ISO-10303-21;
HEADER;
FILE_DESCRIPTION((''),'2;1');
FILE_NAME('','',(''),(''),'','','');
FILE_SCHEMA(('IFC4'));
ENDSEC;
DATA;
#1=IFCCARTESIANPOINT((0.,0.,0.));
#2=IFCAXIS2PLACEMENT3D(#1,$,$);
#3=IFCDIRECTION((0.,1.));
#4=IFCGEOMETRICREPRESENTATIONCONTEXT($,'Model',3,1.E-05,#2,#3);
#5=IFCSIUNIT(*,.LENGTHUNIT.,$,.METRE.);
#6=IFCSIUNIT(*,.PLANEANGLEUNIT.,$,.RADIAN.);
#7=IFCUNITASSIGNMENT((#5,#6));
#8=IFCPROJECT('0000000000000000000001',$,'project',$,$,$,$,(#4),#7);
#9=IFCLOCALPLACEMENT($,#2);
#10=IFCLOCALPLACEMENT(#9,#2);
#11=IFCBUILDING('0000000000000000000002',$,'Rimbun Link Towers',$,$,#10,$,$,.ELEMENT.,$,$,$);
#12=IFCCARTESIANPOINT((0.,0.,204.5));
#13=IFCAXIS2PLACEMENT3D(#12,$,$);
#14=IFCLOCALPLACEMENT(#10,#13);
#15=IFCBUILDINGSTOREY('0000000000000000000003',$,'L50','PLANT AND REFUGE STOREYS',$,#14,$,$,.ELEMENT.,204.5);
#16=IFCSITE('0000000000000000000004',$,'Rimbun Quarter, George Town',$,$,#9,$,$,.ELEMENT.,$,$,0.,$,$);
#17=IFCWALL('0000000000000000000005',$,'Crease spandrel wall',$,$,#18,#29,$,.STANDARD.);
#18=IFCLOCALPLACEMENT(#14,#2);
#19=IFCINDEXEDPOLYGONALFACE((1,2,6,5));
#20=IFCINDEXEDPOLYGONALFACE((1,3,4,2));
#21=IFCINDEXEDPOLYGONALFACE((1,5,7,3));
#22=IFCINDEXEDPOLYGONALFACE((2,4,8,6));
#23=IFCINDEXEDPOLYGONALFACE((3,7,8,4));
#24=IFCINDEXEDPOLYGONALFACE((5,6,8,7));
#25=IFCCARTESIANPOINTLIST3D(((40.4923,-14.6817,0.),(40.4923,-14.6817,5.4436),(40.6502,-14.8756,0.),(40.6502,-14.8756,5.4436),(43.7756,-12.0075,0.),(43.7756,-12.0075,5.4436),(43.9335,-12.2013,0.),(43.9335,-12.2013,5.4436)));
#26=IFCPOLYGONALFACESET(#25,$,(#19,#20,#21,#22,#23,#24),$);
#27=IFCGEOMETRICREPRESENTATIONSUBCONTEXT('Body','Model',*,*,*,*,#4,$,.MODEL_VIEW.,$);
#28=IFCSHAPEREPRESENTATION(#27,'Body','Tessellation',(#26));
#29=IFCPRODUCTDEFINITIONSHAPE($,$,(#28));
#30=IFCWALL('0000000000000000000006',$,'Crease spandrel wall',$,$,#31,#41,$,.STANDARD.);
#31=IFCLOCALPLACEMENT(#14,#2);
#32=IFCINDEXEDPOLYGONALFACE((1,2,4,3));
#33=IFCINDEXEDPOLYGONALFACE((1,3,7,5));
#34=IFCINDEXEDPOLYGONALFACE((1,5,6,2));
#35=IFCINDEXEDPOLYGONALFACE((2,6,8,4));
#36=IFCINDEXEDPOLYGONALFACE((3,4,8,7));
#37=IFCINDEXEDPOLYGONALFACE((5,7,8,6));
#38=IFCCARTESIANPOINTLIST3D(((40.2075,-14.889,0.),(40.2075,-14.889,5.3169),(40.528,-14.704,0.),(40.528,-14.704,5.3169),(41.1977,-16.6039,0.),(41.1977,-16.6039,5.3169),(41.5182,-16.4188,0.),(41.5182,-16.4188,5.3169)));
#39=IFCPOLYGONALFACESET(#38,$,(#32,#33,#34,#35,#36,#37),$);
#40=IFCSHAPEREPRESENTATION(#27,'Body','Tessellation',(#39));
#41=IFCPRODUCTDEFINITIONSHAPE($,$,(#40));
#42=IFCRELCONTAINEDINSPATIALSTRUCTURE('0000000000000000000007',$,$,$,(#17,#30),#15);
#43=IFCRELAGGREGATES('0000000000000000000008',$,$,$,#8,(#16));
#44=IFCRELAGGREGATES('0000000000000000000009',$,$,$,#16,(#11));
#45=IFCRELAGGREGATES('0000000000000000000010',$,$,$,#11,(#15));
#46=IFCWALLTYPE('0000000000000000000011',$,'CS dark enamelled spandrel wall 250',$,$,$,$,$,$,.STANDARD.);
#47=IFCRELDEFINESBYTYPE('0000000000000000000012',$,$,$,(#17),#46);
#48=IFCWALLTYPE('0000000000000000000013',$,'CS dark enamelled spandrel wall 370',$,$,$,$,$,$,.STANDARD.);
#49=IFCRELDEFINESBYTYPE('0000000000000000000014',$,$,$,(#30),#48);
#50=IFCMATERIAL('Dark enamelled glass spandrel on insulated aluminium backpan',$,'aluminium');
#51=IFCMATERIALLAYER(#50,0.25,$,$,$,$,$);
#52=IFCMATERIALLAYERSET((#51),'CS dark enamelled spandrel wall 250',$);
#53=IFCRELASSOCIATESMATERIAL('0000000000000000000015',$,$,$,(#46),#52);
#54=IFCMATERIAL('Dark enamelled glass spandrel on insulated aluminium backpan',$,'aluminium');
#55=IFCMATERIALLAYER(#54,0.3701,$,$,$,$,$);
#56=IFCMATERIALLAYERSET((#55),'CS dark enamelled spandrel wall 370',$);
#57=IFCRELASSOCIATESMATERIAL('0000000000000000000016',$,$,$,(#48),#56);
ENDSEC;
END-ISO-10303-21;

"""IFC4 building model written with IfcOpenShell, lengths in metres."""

from ifc_helpers import new_model, si_unit, direction, frame, frame_2d, origin, place, context, subcontext, project, spatial, rectangle, extrude, material, layer, layer_set, type_object, element, save


model = new_model("IFC4")

# Units and contexts
model_context = context("Model", 3, precision=1e-05, world=origin(), true_north=direction((0.0, 1.0)))
body_context = subcontext(model_context, "Body", "Model", "MODEL_VIEW")
ifc_project = project(units=[si_unit("LENGTHUNIT", "METRE"), si_unit("PLANEANGLEUNIT", "RADIAN")], contexts=[model_context])

# Site, building, storey
site_placement = place(None, origin())
site = spatial("IfcSite", under=ifc_project, at=site_placement, Name="Rimbun Quarter, George Town", CompositionType="ELEMENT", RefElevation=0.0)
building_placement = place(site_placement, origin())
building = spatial("IfcBuilding", under=site, at=building_placement, Name="Rimbun Link Towers", CompositionType="ELEMENT")
storey_placement = place(building_placement, frame((0.0, 0.0, 204.5)))
storey = spatial("IfcBuildingStorey", under=building, at=storey_placement, Name="L50", Description="PLANT AND REFUGE STOREYS", CompositionType="ELEMENT", Elevation=204.5)

# Walls
ifc_material_1 = material(Name="Dark enamelled glass spandrel on insulated aluminium backpan", Category="aluminium")
ifc_layer_1 = layer(ifc_material_1, 0.25)
ifc_layer_set_1 = layer_set([ifc_layer_1], Name="CS dark enamelled spandrel wall 250")
wall_type_1 = type_object("IfcWallType", Name="CS dark enamelled spandrel wall 250", PredefinedType="STANDARD", material=ifc_layer_set_1)
wall_1_placement = place(storey_placement, frame((43.8545, -12.1045, 0.0), z_axis=(0.0, 0.0, 1.0), x_axis=(-0.77536, -0.631519, 0.0)))
element("IfcWall", 1, at=wall_1_placement, inside=storey, type_object=wall_type_1, Name="Crease spandrel wall", PredefinedType="STANDARD", context=body_context, shape_type="SweptSolid", body=[
    extrude(rectangle(XDim=4.2346, YDim=0.25, at=frame_2d((2.1172, 0.0))), origin(), (0.0, 0.0, 1.0), 5.4436),
])
ifc_material_2 = material(Name="Dark enamelled glass spandrel on insulated aluminium backpan", Category="aluminium")
ifc_layer_2 = layer(ifc_material_2, 0.3701)
ifc_layer_set_2 = layer_set([ifc_layer_2], Name="CS dark enamelled spandrel wall 370")
wall_type_2 = type_object("IfcWallType", Name="CS dark enamelled spandrel wall 370", PredefinedType="STANDARD", material=ifc_layer_set_2)
wall_2_placement = place(storey_placement, frame((40.3677, -14.7964, 0.0), z_axis=(0.0, 0.0, 1.0), x_axis=(0.500064, -0.865988, 0.0)))
element("IfcWall", 2, at=wall_2_placement, inside=storey, type_object=wall_type_2, Name="Crease spandrel wall", PredefinedType="STANDARD", context=body_context, shape_type="SweptSolid", body=[
    extrude(rectangle(XDim=1.9802, YDim=0.3701, at=frame_2d((0.9902, 0.0))), origin(), (0.0, 0.0, 1.0), 5.3169),
])

save(model, "model.ifc")
